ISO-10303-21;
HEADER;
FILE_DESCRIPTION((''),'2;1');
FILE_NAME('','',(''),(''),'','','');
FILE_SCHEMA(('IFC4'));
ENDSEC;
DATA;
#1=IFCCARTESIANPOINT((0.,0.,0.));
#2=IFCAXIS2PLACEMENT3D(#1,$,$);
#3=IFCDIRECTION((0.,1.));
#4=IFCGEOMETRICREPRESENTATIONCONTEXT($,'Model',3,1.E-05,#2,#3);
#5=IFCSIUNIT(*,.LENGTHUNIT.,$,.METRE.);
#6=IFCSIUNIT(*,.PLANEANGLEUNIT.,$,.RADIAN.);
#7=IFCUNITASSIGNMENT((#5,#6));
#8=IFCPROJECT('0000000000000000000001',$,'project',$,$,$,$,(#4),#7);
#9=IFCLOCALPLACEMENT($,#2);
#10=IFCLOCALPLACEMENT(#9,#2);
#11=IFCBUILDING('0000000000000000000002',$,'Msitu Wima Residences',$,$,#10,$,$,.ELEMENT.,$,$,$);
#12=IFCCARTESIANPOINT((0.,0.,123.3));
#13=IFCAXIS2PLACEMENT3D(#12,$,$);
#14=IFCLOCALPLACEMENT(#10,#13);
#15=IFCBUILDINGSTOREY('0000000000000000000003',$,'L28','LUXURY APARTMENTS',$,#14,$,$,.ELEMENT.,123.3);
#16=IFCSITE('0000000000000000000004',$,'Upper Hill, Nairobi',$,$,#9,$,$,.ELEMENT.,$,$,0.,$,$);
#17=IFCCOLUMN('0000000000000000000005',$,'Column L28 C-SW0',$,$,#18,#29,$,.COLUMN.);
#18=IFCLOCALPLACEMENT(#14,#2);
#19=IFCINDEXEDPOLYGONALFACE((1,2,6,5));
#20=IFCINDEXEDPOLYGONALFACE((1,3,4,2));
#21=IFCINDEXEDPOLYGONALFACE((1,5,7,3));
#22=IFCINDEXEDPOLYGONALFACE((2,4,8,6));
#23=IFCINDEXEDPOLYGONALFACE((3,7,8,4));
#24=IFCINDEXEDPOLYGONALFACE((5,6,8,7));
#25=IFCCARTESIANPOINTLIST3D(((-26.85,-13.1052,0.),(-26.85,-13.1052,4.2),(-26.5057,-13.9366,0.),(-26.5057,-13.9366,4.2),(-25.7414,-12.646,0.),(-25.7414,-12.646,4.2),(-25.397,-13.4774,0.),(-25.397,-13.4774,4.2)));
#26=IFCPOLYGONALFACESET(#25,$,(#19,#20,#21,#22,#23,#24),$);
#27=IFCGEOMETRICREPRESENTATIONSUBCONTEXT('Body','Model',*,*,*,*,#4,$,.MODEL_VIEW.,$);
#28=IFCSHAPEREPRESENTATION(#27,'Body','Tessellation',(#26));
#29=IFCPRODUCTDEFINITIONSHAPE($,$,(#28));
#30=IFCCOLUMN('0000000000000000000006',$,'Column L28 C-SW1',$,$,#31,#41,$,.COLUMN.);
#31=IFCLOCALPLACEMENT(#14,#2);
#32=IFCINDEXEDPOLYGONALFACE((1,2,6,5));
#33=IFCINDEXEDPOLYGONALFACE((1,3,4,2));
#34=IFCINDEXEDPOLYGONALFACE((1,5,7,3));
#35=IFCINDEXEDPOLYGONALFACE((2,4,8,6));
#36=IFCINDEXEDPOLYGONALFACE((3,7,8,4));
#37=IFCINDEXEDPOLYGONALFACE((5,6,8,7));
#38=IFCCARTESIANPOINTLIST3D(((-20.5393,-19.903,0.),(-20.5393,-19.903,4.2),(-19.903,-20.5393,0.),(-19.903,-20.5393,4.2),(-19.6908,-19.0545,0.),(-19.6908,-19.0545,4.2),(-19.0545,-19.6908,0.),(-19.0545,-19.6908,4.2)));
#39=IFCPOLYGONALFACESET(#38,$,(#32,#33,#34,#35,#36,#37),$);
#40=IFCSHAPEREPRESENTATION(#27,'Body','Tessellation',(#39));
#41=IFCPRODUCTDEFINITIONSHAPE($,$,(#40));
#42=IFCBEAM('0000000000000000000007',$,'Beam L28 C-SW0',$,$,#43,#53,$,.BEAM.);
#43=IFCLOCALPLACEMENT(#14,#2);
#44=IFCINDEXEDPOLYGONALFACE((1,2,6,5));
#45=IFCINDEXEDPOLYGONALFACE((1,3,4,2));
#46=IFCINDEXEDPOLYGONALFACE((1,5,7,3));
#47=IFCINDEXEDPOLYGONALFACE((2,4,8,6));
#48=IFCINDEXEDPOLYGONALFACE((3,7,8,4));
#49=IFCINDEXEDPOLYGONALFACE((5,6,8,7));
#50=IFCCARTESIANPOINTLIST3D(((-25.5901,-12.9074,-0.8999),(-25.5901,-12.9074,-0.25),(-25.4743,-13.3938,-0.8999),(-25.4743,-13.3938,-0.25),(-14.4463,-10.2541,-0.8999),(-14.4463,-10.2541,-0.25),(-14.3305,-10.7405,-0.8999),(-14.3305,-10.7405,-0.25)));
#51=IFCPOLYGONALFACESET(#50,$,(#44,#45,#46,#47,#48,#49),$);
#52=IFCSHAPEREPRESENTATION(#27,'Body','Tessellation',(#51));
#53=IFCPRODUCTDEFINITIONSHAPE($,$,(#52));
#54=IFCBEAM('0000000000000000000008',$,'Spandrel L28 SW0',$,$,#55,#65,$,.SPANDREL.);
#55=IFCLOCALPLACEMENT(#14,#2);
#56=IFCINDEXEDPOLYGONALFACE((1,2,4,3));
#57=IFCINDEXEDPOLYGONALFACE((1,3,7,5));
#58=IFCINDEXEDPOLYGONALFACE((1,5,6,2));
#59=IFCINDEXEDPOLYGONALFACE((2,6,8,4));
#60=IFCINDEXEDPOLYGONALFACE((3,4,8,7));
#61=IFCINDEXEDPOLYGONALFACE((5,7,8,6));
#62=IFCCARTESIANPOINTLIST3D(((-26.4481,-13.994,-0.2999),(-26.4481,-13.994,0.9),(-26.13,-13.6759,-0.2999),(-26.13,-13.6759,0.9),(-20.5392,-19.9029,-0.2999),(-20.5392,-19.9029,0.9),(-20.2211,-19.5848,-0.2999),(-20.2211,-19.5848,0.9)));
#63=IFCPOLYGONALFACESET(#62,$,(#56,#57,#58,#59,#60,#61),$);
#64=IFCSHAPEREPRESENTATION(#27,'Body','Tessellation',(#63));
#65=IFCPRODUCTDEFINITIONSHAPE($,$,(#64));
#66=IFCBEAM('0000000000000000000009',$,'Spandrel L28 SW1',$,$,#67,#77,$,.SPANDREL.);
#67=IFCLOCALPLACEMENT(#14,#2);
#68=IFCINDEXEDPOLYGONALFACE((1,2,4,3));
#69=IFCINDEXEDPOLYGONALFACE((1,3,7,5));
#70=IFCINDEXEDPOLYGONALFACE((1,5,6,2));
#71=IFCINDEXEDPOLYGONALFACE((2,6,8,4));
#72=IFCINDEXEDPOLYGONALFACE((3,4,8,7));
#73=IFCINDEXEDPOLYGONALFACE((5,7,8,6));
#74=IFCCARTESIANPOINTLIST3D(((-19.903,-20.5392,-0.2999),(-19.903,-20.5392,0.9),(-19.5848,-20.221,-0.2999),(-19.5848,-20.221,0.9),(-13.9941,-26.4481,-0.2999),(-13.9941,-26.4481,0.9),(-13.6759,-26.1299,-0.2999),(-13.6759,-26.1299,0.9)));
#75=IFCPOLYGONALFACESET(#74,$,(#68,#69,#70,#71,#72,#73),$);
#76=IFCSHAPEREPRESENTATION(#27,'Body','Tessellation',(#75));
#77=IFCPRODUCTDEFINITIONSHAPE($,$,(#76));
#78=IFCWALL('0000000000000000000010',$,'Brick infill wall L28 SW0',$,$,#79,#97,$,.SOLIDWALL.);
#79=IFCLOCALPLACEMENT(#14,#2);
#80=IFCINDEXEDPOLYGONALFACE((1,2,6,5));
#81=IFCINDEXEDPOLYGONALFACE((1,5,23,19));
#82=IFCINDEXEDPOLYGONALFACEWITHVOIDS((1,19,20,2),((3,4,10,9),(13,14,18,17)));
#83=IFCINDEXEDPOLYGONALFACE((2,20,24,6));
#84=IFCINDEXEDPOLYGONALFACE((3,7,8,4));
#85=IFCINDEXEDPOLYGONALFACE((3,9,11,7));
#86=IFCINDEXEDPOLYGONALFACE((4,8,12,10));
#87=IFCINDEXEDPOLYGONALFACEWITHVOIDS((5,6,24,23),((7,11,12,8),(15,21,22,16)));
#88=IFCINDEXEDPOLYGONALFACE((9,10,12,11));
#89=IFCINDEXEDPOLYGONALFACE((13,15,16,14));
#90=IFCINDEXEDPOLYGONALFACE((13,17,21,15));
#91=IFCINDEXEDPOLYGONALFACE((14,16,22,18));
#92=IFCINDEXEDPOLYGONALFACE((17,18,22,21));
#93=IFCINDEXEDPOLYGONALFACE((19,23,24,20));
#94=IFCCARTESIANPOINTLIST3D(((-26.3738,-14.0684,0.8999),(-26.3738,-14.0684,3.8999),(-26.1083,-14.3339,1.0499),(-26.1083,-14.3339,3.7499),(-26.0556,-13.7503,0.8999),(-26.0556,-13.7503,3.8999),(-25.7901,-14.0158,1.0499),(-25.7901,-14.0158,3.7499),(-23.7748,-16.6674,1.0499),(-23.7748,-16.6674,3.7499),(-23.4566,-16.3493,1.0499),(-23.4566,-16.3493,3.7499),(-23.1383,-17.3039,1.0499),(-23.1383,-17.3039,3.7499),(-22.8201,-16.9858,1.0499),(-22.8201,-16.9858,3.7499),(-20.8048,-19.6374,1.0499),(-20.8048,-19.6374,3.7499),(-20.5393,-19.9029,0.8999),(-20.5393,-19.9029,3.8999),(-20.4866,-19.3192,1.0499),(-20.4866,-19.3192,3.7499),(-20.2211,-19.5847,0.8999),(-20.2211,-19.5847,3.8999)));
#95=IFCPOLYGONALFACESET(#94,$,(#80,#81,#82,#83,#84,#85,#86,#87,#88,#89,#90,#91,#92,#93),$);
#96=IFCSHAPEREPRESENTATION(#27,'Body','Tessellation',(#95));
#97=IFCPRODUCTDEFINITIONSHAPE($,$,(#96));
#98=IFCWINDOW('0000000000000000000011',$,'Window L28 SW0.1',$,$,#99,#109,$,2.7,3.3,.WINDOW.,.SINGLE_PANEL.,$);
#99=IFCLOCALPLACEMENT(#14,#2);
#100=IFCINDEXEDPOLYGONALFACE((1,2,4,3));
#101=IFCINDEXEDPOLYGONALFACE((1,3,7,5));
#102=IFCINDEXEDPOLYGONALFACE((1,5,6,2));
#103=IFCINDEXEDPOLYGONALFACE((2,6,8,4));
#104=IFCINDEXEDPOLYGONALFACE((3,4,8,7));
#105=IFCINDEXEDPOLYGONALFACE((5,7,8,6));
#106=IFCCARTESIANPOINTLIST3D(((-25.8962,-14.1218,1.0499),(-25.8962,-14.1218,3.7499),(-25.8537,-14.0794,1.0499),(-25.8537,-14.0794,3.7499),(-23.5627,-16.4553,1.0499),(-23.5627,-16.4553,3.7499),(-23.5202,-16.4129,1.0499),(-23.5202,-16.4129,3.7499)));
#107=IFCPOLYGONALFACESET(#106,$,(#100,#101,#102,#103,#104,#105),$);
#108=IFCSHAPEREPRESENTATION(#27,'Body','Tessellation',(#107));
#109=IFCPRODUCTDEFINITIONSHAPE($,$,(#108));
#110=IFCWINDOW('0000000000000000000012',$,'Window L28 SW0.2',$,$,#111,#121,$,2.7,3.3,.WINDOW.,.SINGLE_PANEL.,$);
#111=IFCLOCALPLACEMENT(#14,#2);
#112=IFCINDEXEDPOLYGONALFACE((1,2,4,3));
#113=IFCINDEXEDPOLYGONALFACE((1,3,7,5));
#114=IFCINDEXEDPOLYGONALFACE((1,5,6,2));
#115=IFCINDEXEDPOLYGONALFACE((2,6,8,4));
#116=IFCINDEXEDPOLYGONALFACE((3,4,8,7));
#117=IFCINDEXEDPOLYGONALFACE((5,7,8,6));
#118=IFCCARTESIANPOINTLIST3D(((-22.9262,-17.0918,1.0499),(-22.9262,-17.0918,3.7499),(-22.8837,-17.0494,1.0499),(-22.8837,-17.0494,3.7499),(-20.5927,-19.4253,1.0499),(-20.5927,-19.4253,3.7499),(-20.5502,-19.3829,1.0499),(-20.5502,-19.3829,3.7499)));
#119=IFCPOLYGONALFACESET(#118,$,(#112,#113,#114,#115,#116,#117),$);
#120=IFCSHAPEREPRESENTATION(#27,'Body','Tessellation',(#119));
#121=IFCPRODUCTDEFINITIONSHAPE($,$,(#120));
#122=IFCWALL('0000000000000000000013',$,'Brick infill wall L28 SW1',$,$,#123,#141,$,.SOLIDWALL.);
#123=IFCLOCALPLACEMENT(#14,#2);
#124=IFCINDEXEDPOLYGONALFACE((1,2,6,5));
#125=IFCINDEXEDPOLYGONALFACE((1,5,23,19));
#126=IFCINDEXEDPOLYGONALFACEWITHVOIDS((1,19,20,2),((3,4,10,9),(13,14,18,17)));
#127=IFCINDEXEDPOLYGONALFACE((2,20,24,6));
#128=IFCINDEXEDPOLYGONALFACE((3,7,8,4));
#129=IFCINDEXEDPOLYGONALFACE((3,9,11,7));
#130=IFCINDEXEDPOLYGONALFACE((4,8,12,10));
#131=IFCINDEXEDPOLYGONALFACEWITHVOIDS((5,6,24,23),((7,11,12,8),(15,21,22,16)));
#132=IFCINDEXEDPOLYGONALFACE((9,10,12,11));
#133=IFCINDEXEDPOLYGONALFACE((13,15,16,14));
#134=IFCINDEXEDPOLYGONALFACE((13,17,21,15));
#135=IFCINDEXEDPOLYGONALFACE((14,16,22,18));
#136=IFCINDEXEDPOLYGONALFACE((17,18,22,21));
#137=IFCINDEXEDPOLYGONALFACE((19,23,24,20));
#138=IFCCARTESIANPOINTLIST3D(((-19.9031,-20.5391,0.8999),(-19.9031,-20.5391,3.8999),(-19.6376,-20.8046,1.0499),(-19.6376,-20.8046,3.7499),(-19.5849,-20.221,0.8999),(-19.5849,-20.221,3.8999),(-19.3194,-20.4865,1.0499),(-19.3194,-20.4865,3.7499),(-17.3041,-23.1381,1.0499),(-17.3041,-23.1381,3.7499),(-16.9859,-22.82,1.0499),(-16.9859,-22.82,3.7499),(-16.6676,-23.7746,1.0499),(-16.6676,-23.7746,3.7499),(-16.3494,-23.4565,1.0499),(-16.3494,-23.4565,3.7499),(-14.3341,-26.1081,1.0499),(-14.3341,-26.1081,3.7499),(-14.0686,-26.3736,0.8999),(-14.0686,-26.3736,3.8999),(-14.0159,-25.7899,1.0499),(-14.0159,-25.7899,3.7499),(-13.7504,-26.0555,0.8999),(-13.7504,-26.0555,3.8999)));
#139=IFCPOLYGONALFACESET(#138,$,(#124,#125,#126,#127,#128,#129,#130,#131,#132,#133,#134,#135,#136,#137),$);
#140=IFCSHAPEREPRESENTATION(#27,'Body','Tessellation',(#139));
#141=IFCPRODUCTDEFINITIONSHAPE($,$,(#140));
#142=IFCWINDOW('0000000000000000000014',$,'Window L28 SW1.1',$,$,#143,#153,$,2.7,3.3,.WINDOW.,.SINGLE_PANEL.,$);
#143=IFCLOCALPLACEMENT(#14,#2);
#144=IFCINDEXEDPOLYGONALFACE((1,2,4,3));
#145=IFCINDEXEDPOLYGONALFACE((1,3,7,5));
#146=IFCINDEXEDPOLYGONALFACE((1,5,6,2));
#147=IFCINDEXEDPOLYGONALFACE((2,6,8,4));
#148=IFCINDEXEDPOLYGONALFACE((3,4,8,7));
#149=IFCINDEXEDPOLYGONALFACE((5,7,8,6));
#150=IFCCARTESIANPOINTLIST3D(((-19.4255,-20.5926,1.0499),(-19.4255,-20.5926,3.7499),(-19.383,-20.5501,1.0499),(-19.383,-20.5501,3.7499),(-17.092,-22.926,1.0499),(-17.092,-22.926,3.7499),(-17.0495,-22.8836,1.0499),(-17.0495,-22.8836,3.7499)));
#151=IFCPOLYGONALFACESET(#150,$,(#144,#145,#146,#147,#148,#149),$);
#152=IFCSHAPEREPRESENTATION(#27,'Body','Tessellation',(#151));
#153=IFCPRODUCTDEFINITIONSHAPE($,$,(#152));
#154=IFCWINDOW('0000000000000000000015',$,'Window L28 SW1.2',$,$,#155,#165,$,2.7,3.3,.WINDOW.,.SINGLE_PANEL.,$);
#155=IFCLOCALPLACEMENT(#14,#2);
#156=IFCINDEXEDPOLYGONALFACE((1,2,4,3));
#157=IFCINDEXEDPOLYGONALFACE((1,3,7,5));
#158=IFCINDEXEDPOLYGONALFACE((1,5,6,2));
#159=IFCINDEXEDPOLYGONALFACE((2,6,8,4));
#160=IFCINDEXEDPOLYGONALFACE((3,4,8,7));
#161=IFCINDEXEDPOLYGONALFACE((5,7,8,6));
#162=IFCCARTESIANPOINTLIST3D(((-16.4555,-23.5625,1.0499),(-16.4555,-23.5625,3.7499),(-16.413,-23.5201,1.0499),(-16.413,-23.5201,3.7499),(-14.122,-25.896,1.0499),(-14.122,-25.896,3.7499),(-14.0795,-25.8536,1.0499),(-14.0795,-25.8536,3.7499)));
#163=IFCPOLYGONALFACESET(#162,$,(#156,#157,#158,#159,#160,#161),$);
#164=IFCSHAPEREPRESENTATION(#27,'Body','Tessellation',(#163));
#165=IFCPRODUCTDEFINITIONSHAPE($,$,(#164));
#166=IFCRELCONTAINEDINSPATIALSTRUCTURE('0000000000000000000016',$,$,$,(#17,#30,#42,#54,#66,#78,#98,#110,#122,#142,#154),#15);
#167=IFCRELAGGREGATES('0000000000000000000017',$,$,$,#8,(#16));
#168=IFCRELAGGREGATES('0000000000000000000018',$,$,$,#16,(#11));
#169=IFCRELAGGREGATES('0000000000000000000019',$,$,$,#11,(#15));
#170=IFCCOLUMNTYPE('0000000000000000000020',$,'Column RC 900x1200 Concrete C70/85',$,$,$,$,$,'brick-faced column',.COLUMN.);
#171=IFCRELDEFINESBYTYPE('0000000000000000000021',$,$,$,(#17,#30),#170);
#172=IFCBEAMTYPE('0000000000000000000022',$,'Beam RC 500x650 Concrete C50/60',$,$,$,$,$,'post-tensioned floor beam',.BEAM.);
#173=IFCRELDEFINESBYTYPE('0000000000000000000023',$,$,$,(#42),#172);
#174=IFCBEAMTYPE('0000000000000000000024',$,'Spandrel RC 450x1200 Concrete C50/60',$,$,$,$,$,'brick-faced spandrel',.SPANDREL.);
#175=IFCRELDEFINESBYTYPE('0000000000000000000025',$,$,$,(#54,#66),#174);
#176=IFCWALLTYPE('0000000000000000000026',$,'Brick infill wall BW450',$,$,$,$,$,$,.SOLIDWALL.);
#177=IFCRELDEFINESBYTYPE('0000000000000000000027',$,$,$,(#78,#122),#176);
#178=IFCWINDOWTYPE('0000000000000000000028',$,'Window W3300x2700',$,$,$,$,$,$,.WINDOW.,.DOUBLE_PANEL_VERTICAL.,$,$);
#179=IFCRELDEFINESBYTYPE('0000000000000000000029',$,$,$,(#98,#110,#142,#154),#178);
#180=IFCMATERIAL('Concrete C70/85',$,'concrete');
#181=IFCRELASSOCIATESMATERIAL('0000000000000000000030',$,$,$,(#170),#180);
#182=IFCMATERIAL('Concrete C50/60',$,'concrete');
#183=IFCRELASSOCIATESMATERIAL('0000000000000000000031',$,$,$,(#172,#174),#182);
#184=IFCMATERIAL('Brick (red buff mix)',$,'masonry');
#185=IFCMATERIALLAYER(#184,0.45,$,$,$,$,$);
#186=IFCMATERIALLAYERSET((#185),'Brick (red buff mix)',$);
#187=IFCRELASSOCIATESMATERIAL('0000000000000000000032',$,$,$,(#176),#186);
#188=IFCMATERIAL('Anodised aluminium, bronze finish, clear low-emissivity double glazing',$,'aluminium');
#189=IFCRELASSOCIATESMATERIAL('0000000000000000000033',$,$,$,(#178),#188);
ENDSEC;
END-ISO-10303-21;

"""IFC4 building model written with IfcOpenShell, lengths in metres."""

from ifc_helpers import new_model, si_unit, direction, frame, frame_2d, origin, origin_2d, place, context, subcontext, project, spatial, rectangle, extrude, material, layer, layer_set, material_profile, profile_set, type_object, element, fill, save


model = new_model("IFC4")

# Units and contexts
model_context = context("Model", 3, precision=1e-05, world=origin(), true_north=direction((0.0, 1.0)))
body_context = subcontext(model_context, "Body", "Model", "MODEL_VIEW")
ifc_project = project(units=[si_unit("LENGTHUNIT", "METRE"), si_unit("PLANEANGLEUNIT", "RADIAN")], contexts=[model_context])

# Site, building, storey
site_placement = place(None, origin())
site = spatial("IfcSite", under=ifc_project, at=site_placement, Name="Upper Hill, Nairobi", CompositionType="ELEMENT", RefElevation=0.0)
building_placement = place(site_placement, origin())
building = spatial("IfcBuilding", under=site, at=building_placement, Name="Msitu Wima Residences", CompositionType="ELEMENT")
storey_placement = place(building_placement, frame((0.0, 0.0, 123.3)))
storey = spatial("IfcBuildingStorey", under=building, at=storey_placement, Name="L28", Description="LUXURY APARTMENTS", CompositionType="ELEMENT", Elevation=123.3)

# Columns
ifc_material_1 = material(Name="Concrete C70/85", Category="concrete")
ifc_material_profile_1 = material_profile(ifc_material_1, rectangle(XDim=0.8999, YDim=1.2, at=origin_2d()), Name="RC 900x1200")
ifc_profile_set_1 = profile_set([ifc_material_profile_1], Name="Concrete C70/85")
column_type = type_object("IfcColumnType", Name="Column RC 900x1200 Concrete C70/85", ElementType="brick-faced column", PredefinedType="COLUMN", material=ifc_profile_set_1)
for number, where, z_axis, x_axis, name in (
    (1, (-26.1235, -13.2913, 0.0), (0.0, 0.0, 1.0), (0.382683, -0.92388, 0.0), "Column L28 C-SW0"),
    (2, (-19.7969, -19.7969, 0.0), (0.0, 0.0, 1.0), (0.707107, -0.707107, 0.0), "Column L28 C-SW1"),
):
    element("IfcColumn", number, at=place(storey_placement, frame(where, z_axis=z_axis, x_axis=x_axis)), inside=storey, type_object=column_type, Name=name, PredefinedType="COLUMN", context=body_context, shape_type="SweptSolid", body=[
        extrude(rectangle(XDim=0.8999, YDim=1.2, at=origin_2d()), origin(), (0.0, 0.0, 1.0), 4.2),
    ])

# Beams
ifc_material_2 = material(Name="Concrete C50/60", Category="concrete")
ifc_material_profile_2 = material_profile(ifc_material_2, rectangle(XDim=0.5, YDim=0.6499, at=origin_2d()), Name="RC 500x650")
ifc_profile_set_2 = profile_set([ifc_material_profile_2], Name="Concrete C50/60")
beam_type_1 = type_object("IfcBeamType", Name="Beam RC 500x650 Concrete C50/60", ElementType="post-tensioned floor beam", PredefinedType="BEAM", material=ifc_profile_set_2)
beam_placement = place(storey_placement, frame((-25.5322, -13.1506, -0.575), z_axis=(0.972806, 0.231623, 0.0), x_axis=(-0.231623, 0.972806, 0.0)))
element("IfcBeam", 3, at=beam_placement, inside=storey, type_object=beam_type_1, Name="Beam L28 C-SW0", PredefinedType="BEAM", context=body_context, shape_type="SweptSolid", body=[
    extrude(rectangle(XDim=0.5, YDim=0.6499, at=origin_2d()), origin(), (0.0, 0.0, 1.0), 11.4553),
])
ifc_material_profile_3 = material_profile(ifc_material_2, rectangle(XDim=0.45, YDim=1.2, at=origin_2d()), Name="RC 450x1200")
ifc_profile_set_3 = profile_set([ifc_material_profile_3], Name="Concrete C50/60")
beam_type_2 = type_object("IfcBeamType", Name="Spandrel RC 450x1200 Concrete C50/60", ElementType="brick-faced spandrel", PredefinedType="SPANDREL", material=ifc_profile_set_3)
for number, where, z_axis, x_axis, name in (
    (4, (-26.2891, -13.835, 0.3), (0.707107, -0.707107, 0.0), (0.707107, 0.707107, 0.0), "Spandrel L28 SW0"),
    (5, (-19.7439, -20.3801, 0.3), (0.707107, -0.707107, 0.0), (0.707107, 0.707107, 0.0), "Spandrel L28 SW1"),
):
    element("IfcBeam", number, at=place(storey_placement, frame(where, z_axis=z_axis, x_axis=x_axis)), inside=storey, type_object=beam_type_2, Name=name, PredefinedType="SPANDREL", context=body_context, shape_type="SweptSolid", body=[
        extrude(rectangle(XDim=0.45, YDim=1.2, at=origin_2d()), origin(), (0.0, 0.0, 1.0), 8.3564),
    ])

# Walls, openings, windows
ifc_material_3 = material(Name="Brick (red buff mix)", Category="masonry")
ifc_layer_1 = layer(ifc_material_3, 0.45)
ifc_layer_set_1 = layer_set([ifc_layer_1], Name="Brick (red buff mix)")
wall_type_1 = type_object("IfcWallType", Name="Brick infill wall BW450", PredefinedType="SOLIDWALL", material=ifc_layer_set_1)
wall_1_placement = place(storey_placement, frame((-26.2146, -13.9094, 0.8999), z_axis=(0.0, 0.0, 1.0), x_axis=(0.707107, -0.707107, 0.0)))
wall_1 = element("IfcWall", 6, at=wall_1_placement, inside=storey, type_object=wall_type_1, Name="Brick infill wall L28 SW0", PredefinedType="SOLIDWALL", context=body_context, shape_type="SweptSolid", body=[
    extrude(rectangle(XDim=8.2512, YDim=0.45, at=frame_2d((4.1255, 0.0))), origin(), (0.0, 0.0, 1.0), 3.0),
])
opening_1_placement = place(wall_1_placement, frame((0.3755, 0.0, 0.1499)))
opening_1 = element("IfcOpeningElement", 7, at=opening_1_placement, cuts=wall_1, PredefinedType="OPENING", context=body_context, shape_type="SweptSolid", body=[
    extrude(rectangle(XDim=3.3, YDim=2.7, at=frame_2d((1.6499, 1.3501))), frame((0.0, 0.2349, 0.0), z_axis=(0.0, -1.0, 0.0), x_axis=(1.0, 0.0, 0.0)), (0.0, 0.0, 1.0), 0.47),
])
opening_2_placement = place(wall_1_placement, frame((4.5757, 0.0, 0.1499)))
opening_2 = element("IfcOpeningElement", 8, at=opening_2_placement, cuts=wall_1, PredefinedType="OPENING", context=body_context, shape_type="SweptSolid", body=[
    extrude(rectangle(XDim=3.3, YDim=2.7, at=frame_2d((1.6499, 1.3501))), frame((0.0, 0.2349, 0.0), z_axis=(0.0, -1.0, 0.0), x_axis=(1.0, 0.0, 0.0)), (0.0, 0.0, 1.0), 0.47),
])
ifc_material_4 = material(Name="Anodised aluminium, bronze finish, clear low-emissivity double glazing", Category="aluminium")
window_type = type_object("IfcWindowType", Name="Window W3300x2700", PartitioningType="DOUBLE_PANEL_VERTICAL", PredefinedType="WINDOW", material=ifc_material_4)
window_1_placement = place(opening_1_placement, origin())
window_1 = element("IfcWindow", 9, at=window_1_placement, inside=storey, type_object=window_type, Name="Window L28 SW0.1", OverallHeight=2.7, OverallWidth=3.3, PartitioningType="SINGLE_PANEL", PredefinedType="WINDOW", context=body_context, shape_type="SweptSolid", body=[
    extrude(rectangle(XDim=3.3, YDim=2.7, at=frame_2d((1.6499, 1.3501))), frame((0.0, 0.135, 0.0), z_axis=(0.0, -1.0, 0.0), x_axis=(1.0, 0.0, 0.0)), (0.0, 0.0, 1.0), 0.0601),
])
fill(opening_1, window_1)
window_2_placement = place(opening_2_placement, origin())
window_2 = element("IfcWindow", 10, at=window_2_placement, inside=storey, type_object=window_type, Name="Window L28 SW0.2", OverallHeight=2.7, OverallWidth=3.3, PartitioningType="SINGLE_PANEL", PredefinedType="WINDOW", context=body_context, shape_type="SweptSolid", body=[
    extrude(rectangle(XDim=3.3, YDim=2.7, at=frame_2d((1.6499, 1.3501))), frame((0.0, 0.135, 0.0), z_axis=(0.0, -1.0, 0.0), x_axis=(1.0, 0.0, 0.0)), (0.0, 0.0, 1.0), 0.0601),
])
fill(opening_2, window_2)
wall_2_placement = place(storey_placement, frame((-19.7439, -20.3801, 0.8999), z_axis=(0.0, 0.0, 1.0), x_axis=(0.707107, -0.707107, 0.0)))
wall_2 = element("IfcWall", 11, at=wall_2_placement, inside=storey, type_object=wall_type_1, Name="Brick infill wall L28 SW1", PredefinedType="SOLIDWALL", context=body_context, shape_type="SweptSolid", body=[
    extrude(rectangle(XDim=8.2512, YDim=0.45, at=frame_2d((4.1255, 0.0))), origin(), (0.0, 0.0, 1.0), 3.0),
])
opening_3_placement = place(wall_2_placement, frame((0.3755, 0.0, 0.1499)))
opening_3 = element("IfcOpeningElement", 12, at=opening_3_placement, cuts=wall_2, PredefinedType="OPENING", context=body_context, shape_type="SweptSolid", body=[
    extrude(rectangle(XDim=3.3, YDim=2.7, at=frame_2d((1.6499, 1.3501))), frame((0.0, 0.2349, 0.0), z_axis=(0.0, -1.0, 0.0), x_axis=(1.0, 0.0, 0.0)), (0.0, 0.0, 1.0), 0.47),
])
opening_4_placement = place(wall_2_placement, frame((4.5757, 0.0, 0.1499)))
opening_4 = element("IfcOpeningElement", 13, at=opening_4_placement, cuts=wall_2, PredefinedType="OPENING", context=body_context, shape_type="SweptSolid", body=[
    extrude(rectangle(XDim=3.3, YDim=2.7, at=frame_2d((1.6499, 1.3501))), frame((0.0, 0.2349, 0.0), z_axis=(0.0, -1.0, 0.0), x_axis=(1.0, 0.0, 0.0)), (0.0, 0.0, 1.0), 0.47),
])
window_3_placement = place(opening_3_placement, origin())
window_3 = element("IfcWindow", 14, at=window_3_placement, inside=storey, type_object=window_type, Name="Window L28 SW1.1", OverallHeight=2.7, OverallWidth=3.3, PartitioningType="SINGLE_PANEL", PredefinedType="WINDOW", context=body_context, shape_type="SweptSolid", body=[
    extrude(rectangle(XDim=3.3, YDim=2.7, at=frame_2d((1.6499, 1.3501))), frame((0.0, 0.135, 0.0), z_axis=(0.0, -1.0, 0.0), x_axis=(1.0, 0.0, 0.0)), (0.0, 0.0, 1.0), 0.0601),
])
fill(opening_3, window_3)
window_4_placement = place(opening_4_placement, origin())
window_4 = element("IfcWindow", 15, at=window_4_placement, inside=storey, type_object=window_type, Name="Window L28 SW1.2", OverallHeight=2.7, OverallWidth=3.3, PartitioningType="SINGLE_PANEL", PredefinedType="WINDOW", context=body_context, shape_type="SweptSolid", body=[
    extrude(rectangle(XDim=3.3, YDim=2.7, at=frame_2d((1.6499, 1.3501))), frame((0.0, 0.135, 0.0), z_axis=(0.0, -1.0, 0.0), x_axis=(1.0, 0.0, 0.0)), (0.0, 0.0, 1.0), 0.0601),
])
fill(opening_4, window_4)

save(model, "model.ifc")
